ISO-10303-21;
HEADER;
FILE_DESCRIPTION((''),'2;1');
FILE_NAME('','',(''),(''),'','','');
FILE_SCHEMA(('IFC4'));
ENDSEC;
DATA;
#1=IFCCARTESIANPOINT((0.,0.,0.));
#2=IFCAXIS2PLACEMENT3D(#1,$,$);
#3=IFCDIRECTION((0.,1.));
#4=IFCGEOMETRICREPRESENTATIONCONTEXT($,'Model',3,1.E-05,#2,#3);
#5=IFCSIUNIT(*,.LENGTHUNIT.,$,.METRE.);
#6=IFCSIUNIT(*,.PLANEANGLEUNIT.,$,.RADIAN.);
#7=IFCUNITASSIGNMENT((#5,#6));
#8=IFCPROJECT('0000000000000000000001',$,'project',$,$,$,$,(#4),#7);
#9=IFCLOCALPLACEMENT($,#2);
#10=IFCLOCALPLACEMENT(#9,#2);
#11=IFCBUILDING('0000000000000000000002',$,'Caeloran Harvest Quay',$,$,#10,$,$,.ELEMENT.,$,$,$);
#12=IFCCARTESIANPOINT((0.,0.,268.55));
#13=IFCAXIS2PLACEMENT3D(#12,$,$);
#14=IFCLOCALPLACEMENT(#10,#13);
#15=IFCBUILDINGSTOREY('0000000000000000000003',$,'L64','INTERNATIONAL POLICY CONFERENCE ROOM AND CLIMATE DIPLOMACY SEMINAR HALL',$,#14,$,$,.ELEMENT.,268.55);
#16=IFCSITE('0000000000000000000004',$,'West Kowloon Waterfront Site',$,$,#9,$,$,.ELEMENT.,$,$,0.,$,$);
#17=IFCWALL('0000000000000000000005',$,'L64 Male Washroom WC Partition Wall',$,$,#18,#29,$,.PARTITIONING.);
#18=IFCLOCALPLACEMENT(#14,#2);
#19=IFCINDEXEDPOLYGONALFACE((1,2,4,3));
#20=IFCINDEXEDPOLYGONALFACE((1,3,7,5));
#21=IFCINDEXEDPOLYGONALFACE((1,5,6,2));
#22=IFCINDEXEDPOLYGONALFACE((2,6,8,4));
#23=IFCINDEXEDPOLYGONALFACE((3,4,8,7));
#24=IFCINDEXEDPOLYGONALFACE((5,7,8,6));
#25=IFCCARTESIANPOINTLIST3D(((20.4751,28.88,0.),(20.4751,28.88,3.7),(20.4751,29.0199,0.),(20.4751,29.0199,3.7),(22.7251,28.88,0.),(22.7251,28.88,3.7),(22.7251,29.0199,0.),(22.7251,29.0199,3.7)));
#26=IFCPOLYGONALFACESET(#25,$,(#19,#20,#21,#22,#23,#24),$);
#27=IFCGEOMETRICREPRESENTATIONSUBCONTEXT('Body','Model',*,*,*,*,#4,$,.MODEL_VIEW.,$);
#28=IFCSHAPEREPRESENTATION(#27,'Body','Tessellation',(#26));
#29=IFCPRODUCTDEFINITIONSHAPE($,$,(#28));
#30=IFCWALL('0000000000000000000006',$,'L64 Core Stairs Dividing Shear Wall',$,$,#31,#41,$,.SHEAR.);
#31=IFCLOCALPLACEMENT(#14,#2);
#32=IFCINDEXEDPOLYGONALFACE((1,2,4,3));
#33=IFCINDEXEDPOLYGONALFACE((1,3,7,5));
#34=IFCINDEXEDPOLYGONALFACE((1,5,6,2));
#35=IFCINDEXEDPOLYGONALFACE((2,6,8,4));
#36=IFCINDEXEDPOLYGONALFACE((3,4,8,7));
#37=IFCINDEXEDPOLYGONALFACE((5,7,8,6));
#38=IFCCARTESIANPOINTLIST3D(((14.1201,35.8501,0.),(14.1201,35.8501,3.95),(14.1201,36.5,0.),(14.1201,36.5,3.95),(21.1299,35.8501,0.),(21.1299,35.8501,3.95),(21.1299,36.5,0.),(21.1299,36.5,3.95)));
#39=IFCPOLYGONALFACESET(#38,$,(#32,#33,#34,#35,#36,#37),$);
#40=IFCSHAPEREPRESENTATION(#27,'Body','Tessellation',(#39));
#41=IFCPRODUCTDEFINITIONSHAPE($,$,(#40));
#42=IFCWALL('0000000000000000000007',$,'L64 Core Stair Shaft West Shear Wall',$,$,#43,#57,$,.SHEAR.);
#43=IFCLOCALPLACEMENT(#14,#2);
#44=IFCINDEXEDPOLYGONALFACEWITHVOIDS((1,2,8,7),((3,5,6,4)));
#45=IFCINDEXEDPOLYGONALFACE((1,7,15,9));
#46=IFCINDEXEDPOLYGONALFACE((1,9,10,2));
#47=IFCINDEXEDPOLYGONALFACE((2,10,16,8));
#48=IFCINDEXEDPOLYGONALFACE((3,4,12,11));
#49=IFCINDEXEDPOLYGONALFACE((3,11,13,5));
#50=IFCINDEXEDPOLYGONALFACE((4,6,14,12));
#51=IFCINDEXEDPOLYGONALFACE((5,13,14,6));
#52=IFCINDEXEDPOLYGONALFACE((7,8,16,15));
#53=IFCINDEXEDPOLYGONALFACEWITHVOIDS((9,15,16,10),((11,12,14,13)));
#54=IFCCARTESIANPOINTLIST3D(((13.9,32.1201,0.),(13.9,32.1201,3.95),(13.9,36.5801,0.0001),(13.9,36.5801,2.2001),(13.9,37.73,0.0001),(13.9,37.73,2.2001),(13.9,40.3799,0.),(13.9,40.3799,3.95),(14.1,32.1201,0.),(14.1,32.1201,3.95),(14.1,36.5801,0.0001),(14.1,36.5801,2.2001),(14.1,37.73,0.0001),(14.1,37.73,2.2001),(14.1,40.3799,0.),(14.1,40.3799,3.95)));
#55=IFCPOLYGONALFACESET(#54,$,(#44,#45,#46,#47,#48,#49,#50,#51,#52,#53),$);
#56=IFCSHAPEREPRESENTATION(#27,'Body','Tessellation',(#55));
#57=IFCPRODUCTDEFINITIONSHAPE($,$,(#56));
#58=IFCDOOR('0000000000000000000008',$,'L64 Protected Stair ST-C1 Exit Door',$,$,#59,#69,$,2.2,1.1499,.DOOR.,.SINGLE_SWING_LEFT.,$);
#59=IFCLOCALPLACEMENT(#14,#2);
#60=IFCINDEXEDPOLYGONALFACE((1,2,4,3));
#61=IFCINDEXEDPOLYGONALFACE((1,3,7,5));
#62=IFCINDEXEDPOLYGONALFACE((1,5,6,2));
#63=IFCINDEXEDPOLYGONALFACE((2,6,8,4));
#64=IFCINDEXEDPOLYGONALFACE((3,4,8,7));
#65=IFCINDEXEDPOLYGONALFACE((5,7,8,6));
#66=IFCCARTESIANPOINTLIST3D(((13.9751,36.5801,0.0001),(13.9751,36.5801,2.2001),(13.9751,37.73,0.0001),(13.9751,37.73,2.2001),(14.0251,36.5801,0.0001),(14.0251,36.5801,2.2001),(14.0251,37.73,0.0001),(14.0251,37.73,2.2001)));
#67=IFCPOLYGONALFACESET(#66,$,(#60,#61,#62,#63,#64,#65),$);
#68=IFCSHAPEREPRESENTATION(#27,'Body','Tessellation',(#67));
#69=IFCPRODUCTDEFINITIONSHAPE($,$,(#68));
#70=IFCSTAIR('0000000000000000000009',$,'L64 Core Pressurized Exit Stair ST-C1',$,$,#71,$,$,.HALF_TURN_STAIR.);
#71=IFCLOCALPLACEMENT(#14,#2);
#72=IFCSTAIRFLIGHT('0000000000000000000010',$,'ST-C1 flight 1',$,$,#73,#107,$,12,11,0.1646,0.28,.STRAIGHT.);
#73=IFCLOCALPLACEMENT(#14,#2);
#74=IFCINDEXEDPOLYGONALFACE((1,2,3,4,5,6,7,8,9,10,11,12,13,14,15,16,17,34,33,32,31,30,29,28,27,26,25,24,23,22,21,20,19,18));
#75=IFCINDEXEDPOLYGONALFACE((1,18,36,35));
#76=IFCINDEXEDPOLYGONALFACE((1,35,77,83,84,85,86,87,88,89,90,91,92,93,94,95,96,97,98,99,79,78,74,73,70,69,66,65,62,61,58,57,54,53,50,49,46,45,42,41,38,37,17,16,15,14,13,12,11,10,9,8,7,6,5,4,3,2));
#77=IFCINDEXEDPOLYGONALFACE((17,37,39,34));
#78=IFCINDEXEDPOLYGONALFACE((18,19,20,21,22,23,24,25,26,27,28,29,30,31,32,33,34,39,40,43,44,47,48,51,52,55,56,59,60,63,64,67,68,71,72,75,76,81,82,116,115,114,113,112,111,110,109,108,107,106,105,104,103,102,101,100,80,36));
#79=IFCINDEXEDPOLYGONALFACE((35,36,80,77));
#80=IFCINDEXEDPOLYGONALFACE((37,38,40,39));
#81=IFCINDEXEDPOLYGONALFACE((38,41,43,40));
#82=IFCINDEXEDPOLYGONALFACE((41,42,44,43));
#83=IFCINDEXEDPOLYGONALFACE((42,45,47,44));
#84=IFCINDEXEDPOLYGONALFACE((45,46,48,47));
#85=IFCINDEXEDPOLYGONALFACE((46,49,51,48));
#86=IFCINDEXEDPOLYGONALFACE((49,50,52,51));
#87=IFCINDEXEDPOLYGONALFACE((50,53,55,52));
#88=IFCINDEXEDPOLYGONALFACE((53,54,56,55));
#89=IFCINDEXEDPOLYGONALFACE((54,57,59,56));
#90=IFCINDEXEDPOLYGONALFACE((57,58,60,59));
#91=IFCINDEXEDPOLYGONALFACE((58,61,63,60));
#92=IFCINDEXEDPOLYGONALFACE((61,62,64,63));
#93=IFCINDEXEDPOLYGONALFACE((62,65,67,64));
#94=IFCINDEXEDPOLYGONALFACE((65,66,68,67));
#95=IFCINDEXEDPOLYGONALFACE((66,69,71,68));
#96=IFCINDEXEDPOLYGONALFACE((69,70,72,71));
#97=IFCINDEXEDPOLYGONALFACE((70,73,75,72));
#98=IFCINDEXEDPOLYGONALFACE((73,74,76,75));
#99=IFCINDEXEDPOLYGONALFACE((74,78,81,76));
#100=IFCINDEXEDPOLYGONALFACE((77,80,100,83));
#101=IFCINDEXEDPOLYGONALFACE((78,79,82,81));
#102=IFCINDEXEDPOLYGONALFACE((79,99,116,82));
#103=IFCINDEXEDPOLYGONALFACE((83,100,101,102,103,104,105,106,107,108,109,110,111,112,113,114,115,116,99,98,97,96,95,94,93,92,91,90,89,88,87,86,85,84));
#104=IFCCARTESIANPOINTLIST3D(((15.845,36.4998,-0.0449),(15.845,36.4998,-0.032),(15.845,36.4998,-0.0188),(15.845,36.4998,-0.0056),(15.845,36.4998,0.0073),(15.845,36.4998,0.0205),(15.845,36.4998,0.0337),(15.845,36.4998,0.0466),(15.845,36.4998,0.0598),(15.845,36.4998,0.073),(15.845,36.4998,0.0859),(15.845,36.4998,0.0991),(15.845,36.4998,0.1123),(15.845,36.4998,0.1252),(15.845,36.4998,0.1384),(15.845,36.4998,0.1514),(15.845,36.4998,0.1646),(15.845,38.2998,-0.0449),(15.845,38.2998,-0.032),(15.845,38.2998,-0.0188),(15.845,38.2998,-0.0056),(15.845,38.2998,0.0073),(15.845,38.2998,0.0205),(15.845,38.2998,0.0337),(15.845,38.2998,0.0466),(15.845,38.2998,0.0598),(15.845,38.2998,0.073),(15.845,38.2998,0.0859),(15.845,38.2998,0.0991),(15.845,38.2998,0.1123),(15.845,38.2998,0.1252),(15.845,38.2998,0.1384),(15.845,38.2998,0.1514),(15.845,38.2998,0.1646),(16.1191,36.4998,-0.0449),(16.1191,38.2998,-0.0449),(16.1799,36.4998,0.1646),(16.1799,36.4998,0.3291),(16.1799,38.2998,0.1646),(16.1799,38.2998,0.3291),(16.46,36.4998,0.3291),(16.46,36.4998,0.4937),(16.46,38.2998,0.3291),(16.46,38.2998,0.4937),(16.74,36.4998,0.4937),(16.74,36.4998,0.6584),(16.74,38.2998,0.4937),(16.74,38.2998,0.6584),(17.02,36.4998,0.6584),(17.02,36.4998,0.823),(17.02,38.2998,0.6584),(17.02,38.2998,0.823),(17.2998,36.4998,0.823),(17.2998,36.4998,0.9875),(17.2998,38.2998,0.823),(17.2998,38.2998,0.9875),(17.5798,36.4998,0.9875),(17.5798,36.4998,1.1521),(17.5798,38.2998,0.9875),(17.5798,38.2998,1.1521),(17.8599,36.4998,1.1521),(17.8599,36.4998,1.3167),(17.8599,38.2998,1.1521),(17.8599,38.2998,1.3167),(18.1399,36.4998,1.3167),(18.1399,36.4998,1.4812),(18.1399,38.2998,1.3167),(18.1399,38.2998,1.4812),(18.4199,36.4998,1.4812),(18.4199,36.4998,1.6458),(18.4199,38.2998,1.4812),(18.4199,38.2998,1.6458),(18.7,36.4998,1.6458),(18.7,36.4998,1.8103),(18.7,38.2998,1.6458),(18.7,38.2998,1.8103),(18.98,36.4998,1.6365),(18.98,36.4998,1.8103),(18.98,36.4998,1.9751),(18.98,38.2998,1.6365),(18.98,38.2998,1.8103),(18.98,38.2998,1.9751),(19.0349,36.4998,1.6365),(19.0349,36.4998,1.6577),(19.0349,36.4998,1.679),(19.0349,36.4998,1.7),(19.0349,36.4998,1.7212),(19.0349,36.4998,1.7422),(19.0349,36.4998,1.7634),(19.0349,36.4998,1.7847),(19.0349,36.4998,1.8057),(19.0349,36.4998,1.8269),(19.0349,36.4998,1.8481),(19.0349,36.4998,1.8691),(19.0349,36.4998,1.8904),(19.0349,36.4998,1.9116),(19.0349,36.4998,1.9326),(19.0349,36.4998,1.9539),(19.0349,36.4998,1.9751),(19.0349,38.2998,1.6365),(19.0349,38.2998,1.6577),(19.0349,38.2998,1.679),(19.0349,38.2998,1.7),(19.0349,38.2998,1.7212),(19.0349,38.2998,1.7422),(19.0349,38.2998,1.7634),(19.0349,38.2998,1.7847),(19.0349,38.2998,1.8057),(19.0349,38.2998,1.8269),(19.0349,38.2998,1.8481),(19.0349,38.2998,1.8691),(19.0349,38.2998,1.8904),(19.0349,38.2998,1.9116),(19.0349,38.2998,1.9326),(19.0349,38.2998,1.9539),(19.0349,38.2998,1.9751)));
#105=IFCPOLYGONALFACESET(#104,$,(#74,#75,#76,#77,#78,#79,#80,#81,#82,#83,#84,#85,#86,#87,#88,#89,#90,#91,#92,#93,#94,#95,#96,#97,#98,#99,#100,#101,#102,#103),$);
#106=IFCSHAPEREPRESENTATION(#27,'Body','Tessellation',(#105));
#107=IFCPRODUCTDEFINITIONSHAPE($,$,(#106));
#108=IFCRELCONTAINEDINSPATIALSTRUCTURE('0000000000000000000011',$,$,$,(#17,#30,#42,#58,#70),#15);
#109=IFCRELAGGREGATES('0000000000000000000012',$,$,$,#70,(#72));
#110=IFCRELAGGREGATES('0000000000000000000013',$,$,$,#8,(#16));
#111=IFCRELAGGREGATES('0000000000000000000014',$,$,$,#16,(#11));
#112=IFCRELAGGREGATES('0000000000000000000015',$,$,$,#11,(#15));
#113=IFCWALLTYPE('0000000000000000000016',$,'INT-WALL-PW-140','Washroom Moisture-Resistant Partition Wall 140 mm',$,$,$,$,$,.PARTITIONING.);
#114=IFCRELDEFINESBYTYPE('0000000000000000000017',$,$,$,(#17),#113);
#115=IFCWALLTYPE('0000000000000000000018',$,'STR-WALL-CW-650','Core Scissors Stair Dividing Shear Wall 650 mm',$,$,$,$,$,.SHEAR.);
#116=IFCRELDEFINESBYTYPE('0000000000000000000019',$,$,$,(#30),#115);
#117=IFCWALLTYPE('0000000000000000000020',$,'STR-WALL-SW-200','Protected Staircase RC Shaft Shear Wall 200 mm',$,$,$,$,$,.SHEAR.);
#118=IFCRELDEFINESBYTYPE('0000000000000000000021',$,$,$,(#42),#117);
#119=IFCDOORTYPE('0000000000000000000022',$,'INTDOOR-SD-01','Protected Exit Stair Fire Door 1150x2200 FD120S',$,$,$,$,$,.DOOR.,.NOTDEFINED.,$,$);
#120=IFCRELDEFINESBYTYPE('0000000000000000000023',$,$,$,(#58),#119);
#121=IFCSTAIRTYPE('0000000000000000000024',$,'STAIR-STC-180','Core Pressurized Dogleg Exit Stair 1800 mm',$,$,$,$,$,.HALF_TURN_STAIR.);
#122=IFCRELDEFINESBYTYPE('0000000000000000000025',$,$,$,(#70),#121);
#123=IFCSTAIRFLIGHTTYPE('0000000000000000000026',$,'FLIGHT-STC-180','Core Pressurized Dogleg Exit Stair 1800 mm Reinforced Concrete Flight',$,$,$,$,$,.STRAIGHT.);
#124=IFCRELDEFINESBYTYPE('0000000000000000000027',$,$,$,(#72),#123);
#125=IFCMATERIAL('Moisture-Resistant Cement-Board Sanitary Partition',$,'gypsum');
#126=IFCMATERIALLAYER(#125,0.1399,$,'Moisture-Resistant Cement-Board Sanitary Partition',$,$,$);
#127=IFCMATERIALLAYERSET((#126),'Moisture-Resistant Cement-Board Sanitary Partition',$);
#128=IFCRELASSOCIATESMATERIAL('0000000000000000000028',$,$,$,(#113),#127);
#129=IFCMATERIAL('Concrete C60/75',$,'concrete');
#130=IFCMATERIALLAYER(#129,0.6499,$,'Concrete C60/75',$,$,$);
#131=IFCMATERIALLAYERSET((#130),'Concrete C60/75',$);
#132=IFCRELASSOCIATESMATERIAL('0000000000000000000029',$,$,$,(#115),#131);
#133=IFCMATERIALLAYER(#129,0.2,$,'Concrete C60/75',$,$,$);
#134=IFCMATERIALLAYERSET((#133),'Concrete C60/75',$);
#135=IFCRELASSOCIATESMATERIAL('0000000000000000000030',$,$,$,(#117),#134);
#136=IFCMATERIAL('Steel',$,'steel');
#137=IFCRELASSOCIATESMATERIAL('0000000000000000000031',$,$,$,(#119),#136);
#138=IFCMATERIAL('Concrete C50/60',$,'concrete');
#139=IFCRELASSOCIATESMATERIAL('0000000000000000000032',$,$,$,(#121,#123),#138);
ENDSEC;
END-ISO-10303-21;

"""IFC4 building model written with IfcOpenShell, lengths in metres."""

from ifc_helpers import new_model, si_unit, direction, frame, frame_2d, origin, place, context, subcontext, project, spatial, polyline, rectangle, outline, extrude, material, layer, layer_set, type_object, element, fill, aggregate, save


model = new_model("IFC4")

# Units and contexts
model_context = context("Model", 3, precision=1e-05, world=origin(), true_north=direction((0.0, 1.0)))
body_context = subcontext(model_context, "Body", "Model", "MODEL_VIEW")
ifc_project = project(units=[si_unit("LENGTHUNIT", "METRE"), si_unit("PLANEANGLEUNIT", "RADIAN")], contexts=[model_context])

# Site, building, storey
site_placement = place(None, origin())
site = spatial("IfcSite", under=ifc_project, at=site_placement, Name="West Kowloon Waterfront Site", CompositionType="ELEMENT", RefElevation=0.0)
building_placement = place(site_placement, origin())
building = spatial("IfcBuilding", under=site, at=building_placement, Name="Caeloran Harvest Quay", CompositionType="ELEMENT")
storey_placement = place(building_placement, frame((0.0, 0.0, 268.55)))
storey = spatial("IfcBuildingStorey", under=building, at=storey_placement, Name="L64", Description="INTERNATIONAL POLICY CONFERENCE ROOM AND CLIMATE DIPLOMACY SEMINAR HALL", CompositionType="ELEMENT", Elevation=268.55)

# Shared definitions
ifc_material_1 = material(Name="Moisture-Resistant Cement-Board Sanitary Partition", Category="gypsum")
ifc_layer_1 = layer(ifc_material_1, 0.1399, Name="Moisture-Resistant Cement-Board Sanitary Partition")
ifc_layer_set_1 = layer_set([ifc_layer_1], Name="Moisture-Resistant Cement-Board Sanitary Partition")
wall_type_1 = type_object("IfcWallType", Name="INT-WALL-PW-140", Description="Washroom Moisture-Resistant Partition Wall 140 mm", PredefinedType="PARTITIONING", material=ifc_layer_set_1)

# Walls
wall_1_placement = place(storey_placement, frame((20.4751, 28.95, 0.0), z_axis=(0.0, 0.0, 1.0), x_axis=(1.0, 0.0, 0.0)))
element("IfcWall", 1, at=wall_1_placement, inside=storey, type_object=wall_type_1, Name="L64 Male Washroom WC Partition Wall", PredefinedType="PARTITIONING", context=body_context, shape_type="SweptSolid", body=[
    extrude(rectangle(XDim=2.25, YDim=0.1399, at=frame_2d((1.125, 0.0))), origin(), (0.0, 0.0, 1.0), 3.7),
])
ifc_material_2 = material(Name="Concrete C60/75", Category="concrete")
ifc_layer_2 = layer(ifc_material_2, 0.6499, Name="Concrete C60/75")
ifc_layer_set_2 = layer_set([ifc_layer_2], Name="Concrete C60/75")
wall_type_2 = type_object("IfcWallType", Name="STR-WALL-CW-650", Description="Core Scissors Stair Dividing Shear Wall 650 mm", PredefinedType="SHEAR", material=ifc_layer_set_2)
wall_2_placement = place(storey_placement, frame((14.1201, 36.175, 0.0), z_axis=(0.0, 0.0, 1.0), x_axis=(1.0, 0.0, 0.0)))
element("IfcWall", 2, at=wall_2_placement, inside=storey, type_object=wall_type_2, Name="L64 Core Stairs Dividing Shear Wall", PredefinedType="SHEAR", context=body_context, shape_type="SweptSolid", body=[
    extrude(rectangle(XDim=7.0098, YDim=0.6499, at=frame_2d((3.5049, 0.0))), origin(), (0.0, 0.0, 1.0), 3.95),
])

# Wall, opening, door
ifc_layer_3 = layer(ifc_material_2, 0.2, Name="Concrete C60/75")
ifc_layer_set_3 = layer_set([ifc_layer_3], Name="Concrete C60/75")
wall_type_3 = type_object("IfcWallType", Name="STR-WALL-SW-200", Description="Protected Staircase RC Shaft Shear Wall 200 mm", PredefinedType="SHEAR", material=ifc_layer_set_3)
wall_3_placement = place(storey_placement, frame((14.0, 32.1201, 0.0), z_axis=(0.0, 0.0, 1.0), x_axis=(0.0, 1.0, 0.0)))
wall_3 = element("IfcWall", 3, at=wall_3_placement, inside=storey, type_object=wall_type_3, Name="L64 Core Stair Shaft West Shear Wall", PredefinedType="SHEAR", context=body_context, shape_type="SweptSolid", body=[
    extrude(rectangle(XDim=8.2598, YDim=0.2, at=frame_2d((4.1299, 0.0))), origin(), (0.0, 0.0, 1.0), 3.95),
])
opening_1_placement = place(wall_3_placement, frame((4.46, 0.0, 0.0)))
opening_1 = element("IfcOpeningElement", 4, at=opening_1_placement, cuts=wall_3, PredefinedType="OPENING", context=body_context, shape_type="SweptSolid", body=[
    extrude(rectangle(XDim=1.1499, YDim=2.2, at=frame_2d((0.575, 1.1001))), frame((0.0, 0.1099, 0.0), z_axis=(0.0, -1.0, 0.0), x_axis=(1.0, 0.0, 0.0)), (0.0, 0.0, 1.0), 0.22),
])
ifc_material_3 = material(Name="Steel", Category="steel")
door_type_1 = type_object("IfcDoorType", Name="INTDOOR-SD-01", Description="Protected Exit Stair Fire Door 1150x2200 FD120S", OperationType="NOTDEFINED", PredefinedType="DOOR", material=ifc_material_3)
door_1_placement = place(opening_1_placement, origin())
door_1 = element("IfcDoor", 5, at=door_1_placement, inside=storey, type_object=door_type_1, Name="L64 Protected Stair ST-C1 Exit Door", OperationType="SINGLE_SWING_LEFT", OverallHeight=2.2, OverallWidth=1.1499, PredefinedType="DOOR", context=body_context, shape_type="SweptSolid", body=[
    extrude(rectangle(XDim=1.1499, YDim=2.2, at=frame_2d((0.575, 1.1001))), frame((0.0, 0.0249, 0.0), z_axis=(0.0, -1.0, 0.0), x_axis=(1.0, 0.0, 0.0)), (0.0, 0.0, 1.0), 0.05),
])
fill(opening_1, door_1)

# Stair, stair flight
ifc_material_4 = material(Name="Concrete C50/60", Category="concrete")
stair_type = type_object("IfcStairType", Name="STAIR-STC-180", Description="Core Pressurized Dogleg Exit Stair 1800 mm", PredefinedType="HALF_TURN_STAIR", material=ifc_material_4)
stair_1_placement = place(storey_placement, origin())
stair_1 = element("IfcStair", 6, at=stair_1_placement, inside=storey, type_object=stair_type, Name="L64 Core Pressurized Exit Stair ST-C1", PredefinedType="HALF_TURN_STAIR")
stair_flight_type = type_object("IfcStairFlightType", Name="FLIGHT-STC-180", Description="Core Pressurized Dogleg Exit Stair 1800 mm Reinforced Concrete Flight", PredefinedType="STRAIGHT", material=ifc_material_4)
stair_flight_1_placement = place(storey_placement, frame((15.8999, 37.3999, 0.0), z_axis=(0.0, 0.0, 1.0), x_axis=(1.0, 0.0, 0.0)))
stair_flight_1 = element("IfcStairFlight", 7, at=stair_flight_1_placement, type_object=stair_flight_type, Name="ST-C1 flight 1", NumberOfRisers=12, NumberOfTreads=11, PredefinedType="STRAIGHT", RiserHeight=0.1646, TreadLength=0.28, context=body_context, shape_type="SweptSolid", body=[
    extrude(outline(polyline([(-0.0549, -0.0449), (-0.0549, -0.032), (-0.0549, -0.0188), (-0.0549, -0.0056), (-0.0549, 0.0073), (-0.0549, 0.0205), (-0.0549, 0.0337), (-0.0549, 0.0466), (-0.0549, 0.0598), (-0.0549, 0.073), (-0.0549, 0.0859), (-0.0549, 0.0991), (-0.0549, 0.1123), (-0.0549, 0.1252), (-0.0549, 0.1384), (-0.0549, 0.1514), (-0.0549, 0.1646), (0.28, 0.1646), (0.28, 0.3291), (0.5601, 0.3291), (0.5601, 0.4937), (0.8401, 0.4937), (0.8401, 0.6584), (1.1201, 0.6584), (1.1201, 0.823), (1.3999, 0.823), (1.3999, 0.9875), (1.6799, 0.9875), (1.6799, 1.1521), (1.96, 1.1521), (1.96, 1.3167), (2.24, 1.3167), (2.24, 1.4812), (2.52, 1.4812), (2.52, 1.6458), (2.8, 1.6458), (2.8, 1.8103), (3.0801, 1.8103), (3.0801, 1.9751), (3.135, 1.9751), (3.135, 1.9539), (3.135, 1.9326), (3.135, 1.9116), (3.135, 1.8904), (3.135, 1.8691), (3.135, 1.8481), (3.135, 1.8269), (3.135, 1.8057), (3.135, 1.7847), (3.135, 1.7634), (3.135, 1.7422), (3.135, 1.7212), (3.135, 1.7), (3.135, 1.679), (3.135, 1.6577), (3.135, 1.6365), (3.0801, 1.6365), (0.2192, -0.0449), (-0.0549, -0.0449)])), frame((0.0, 0.8999, 0.0), z_axis=(0.0, -1.0, 0.0), x_axis=(1.0, 0.0, 0.0)), (0.0, 0.0, 1.0), 1.8),
])
aggregate(stair_1, [stair_flight_1])

save(model, "model.ifc")
